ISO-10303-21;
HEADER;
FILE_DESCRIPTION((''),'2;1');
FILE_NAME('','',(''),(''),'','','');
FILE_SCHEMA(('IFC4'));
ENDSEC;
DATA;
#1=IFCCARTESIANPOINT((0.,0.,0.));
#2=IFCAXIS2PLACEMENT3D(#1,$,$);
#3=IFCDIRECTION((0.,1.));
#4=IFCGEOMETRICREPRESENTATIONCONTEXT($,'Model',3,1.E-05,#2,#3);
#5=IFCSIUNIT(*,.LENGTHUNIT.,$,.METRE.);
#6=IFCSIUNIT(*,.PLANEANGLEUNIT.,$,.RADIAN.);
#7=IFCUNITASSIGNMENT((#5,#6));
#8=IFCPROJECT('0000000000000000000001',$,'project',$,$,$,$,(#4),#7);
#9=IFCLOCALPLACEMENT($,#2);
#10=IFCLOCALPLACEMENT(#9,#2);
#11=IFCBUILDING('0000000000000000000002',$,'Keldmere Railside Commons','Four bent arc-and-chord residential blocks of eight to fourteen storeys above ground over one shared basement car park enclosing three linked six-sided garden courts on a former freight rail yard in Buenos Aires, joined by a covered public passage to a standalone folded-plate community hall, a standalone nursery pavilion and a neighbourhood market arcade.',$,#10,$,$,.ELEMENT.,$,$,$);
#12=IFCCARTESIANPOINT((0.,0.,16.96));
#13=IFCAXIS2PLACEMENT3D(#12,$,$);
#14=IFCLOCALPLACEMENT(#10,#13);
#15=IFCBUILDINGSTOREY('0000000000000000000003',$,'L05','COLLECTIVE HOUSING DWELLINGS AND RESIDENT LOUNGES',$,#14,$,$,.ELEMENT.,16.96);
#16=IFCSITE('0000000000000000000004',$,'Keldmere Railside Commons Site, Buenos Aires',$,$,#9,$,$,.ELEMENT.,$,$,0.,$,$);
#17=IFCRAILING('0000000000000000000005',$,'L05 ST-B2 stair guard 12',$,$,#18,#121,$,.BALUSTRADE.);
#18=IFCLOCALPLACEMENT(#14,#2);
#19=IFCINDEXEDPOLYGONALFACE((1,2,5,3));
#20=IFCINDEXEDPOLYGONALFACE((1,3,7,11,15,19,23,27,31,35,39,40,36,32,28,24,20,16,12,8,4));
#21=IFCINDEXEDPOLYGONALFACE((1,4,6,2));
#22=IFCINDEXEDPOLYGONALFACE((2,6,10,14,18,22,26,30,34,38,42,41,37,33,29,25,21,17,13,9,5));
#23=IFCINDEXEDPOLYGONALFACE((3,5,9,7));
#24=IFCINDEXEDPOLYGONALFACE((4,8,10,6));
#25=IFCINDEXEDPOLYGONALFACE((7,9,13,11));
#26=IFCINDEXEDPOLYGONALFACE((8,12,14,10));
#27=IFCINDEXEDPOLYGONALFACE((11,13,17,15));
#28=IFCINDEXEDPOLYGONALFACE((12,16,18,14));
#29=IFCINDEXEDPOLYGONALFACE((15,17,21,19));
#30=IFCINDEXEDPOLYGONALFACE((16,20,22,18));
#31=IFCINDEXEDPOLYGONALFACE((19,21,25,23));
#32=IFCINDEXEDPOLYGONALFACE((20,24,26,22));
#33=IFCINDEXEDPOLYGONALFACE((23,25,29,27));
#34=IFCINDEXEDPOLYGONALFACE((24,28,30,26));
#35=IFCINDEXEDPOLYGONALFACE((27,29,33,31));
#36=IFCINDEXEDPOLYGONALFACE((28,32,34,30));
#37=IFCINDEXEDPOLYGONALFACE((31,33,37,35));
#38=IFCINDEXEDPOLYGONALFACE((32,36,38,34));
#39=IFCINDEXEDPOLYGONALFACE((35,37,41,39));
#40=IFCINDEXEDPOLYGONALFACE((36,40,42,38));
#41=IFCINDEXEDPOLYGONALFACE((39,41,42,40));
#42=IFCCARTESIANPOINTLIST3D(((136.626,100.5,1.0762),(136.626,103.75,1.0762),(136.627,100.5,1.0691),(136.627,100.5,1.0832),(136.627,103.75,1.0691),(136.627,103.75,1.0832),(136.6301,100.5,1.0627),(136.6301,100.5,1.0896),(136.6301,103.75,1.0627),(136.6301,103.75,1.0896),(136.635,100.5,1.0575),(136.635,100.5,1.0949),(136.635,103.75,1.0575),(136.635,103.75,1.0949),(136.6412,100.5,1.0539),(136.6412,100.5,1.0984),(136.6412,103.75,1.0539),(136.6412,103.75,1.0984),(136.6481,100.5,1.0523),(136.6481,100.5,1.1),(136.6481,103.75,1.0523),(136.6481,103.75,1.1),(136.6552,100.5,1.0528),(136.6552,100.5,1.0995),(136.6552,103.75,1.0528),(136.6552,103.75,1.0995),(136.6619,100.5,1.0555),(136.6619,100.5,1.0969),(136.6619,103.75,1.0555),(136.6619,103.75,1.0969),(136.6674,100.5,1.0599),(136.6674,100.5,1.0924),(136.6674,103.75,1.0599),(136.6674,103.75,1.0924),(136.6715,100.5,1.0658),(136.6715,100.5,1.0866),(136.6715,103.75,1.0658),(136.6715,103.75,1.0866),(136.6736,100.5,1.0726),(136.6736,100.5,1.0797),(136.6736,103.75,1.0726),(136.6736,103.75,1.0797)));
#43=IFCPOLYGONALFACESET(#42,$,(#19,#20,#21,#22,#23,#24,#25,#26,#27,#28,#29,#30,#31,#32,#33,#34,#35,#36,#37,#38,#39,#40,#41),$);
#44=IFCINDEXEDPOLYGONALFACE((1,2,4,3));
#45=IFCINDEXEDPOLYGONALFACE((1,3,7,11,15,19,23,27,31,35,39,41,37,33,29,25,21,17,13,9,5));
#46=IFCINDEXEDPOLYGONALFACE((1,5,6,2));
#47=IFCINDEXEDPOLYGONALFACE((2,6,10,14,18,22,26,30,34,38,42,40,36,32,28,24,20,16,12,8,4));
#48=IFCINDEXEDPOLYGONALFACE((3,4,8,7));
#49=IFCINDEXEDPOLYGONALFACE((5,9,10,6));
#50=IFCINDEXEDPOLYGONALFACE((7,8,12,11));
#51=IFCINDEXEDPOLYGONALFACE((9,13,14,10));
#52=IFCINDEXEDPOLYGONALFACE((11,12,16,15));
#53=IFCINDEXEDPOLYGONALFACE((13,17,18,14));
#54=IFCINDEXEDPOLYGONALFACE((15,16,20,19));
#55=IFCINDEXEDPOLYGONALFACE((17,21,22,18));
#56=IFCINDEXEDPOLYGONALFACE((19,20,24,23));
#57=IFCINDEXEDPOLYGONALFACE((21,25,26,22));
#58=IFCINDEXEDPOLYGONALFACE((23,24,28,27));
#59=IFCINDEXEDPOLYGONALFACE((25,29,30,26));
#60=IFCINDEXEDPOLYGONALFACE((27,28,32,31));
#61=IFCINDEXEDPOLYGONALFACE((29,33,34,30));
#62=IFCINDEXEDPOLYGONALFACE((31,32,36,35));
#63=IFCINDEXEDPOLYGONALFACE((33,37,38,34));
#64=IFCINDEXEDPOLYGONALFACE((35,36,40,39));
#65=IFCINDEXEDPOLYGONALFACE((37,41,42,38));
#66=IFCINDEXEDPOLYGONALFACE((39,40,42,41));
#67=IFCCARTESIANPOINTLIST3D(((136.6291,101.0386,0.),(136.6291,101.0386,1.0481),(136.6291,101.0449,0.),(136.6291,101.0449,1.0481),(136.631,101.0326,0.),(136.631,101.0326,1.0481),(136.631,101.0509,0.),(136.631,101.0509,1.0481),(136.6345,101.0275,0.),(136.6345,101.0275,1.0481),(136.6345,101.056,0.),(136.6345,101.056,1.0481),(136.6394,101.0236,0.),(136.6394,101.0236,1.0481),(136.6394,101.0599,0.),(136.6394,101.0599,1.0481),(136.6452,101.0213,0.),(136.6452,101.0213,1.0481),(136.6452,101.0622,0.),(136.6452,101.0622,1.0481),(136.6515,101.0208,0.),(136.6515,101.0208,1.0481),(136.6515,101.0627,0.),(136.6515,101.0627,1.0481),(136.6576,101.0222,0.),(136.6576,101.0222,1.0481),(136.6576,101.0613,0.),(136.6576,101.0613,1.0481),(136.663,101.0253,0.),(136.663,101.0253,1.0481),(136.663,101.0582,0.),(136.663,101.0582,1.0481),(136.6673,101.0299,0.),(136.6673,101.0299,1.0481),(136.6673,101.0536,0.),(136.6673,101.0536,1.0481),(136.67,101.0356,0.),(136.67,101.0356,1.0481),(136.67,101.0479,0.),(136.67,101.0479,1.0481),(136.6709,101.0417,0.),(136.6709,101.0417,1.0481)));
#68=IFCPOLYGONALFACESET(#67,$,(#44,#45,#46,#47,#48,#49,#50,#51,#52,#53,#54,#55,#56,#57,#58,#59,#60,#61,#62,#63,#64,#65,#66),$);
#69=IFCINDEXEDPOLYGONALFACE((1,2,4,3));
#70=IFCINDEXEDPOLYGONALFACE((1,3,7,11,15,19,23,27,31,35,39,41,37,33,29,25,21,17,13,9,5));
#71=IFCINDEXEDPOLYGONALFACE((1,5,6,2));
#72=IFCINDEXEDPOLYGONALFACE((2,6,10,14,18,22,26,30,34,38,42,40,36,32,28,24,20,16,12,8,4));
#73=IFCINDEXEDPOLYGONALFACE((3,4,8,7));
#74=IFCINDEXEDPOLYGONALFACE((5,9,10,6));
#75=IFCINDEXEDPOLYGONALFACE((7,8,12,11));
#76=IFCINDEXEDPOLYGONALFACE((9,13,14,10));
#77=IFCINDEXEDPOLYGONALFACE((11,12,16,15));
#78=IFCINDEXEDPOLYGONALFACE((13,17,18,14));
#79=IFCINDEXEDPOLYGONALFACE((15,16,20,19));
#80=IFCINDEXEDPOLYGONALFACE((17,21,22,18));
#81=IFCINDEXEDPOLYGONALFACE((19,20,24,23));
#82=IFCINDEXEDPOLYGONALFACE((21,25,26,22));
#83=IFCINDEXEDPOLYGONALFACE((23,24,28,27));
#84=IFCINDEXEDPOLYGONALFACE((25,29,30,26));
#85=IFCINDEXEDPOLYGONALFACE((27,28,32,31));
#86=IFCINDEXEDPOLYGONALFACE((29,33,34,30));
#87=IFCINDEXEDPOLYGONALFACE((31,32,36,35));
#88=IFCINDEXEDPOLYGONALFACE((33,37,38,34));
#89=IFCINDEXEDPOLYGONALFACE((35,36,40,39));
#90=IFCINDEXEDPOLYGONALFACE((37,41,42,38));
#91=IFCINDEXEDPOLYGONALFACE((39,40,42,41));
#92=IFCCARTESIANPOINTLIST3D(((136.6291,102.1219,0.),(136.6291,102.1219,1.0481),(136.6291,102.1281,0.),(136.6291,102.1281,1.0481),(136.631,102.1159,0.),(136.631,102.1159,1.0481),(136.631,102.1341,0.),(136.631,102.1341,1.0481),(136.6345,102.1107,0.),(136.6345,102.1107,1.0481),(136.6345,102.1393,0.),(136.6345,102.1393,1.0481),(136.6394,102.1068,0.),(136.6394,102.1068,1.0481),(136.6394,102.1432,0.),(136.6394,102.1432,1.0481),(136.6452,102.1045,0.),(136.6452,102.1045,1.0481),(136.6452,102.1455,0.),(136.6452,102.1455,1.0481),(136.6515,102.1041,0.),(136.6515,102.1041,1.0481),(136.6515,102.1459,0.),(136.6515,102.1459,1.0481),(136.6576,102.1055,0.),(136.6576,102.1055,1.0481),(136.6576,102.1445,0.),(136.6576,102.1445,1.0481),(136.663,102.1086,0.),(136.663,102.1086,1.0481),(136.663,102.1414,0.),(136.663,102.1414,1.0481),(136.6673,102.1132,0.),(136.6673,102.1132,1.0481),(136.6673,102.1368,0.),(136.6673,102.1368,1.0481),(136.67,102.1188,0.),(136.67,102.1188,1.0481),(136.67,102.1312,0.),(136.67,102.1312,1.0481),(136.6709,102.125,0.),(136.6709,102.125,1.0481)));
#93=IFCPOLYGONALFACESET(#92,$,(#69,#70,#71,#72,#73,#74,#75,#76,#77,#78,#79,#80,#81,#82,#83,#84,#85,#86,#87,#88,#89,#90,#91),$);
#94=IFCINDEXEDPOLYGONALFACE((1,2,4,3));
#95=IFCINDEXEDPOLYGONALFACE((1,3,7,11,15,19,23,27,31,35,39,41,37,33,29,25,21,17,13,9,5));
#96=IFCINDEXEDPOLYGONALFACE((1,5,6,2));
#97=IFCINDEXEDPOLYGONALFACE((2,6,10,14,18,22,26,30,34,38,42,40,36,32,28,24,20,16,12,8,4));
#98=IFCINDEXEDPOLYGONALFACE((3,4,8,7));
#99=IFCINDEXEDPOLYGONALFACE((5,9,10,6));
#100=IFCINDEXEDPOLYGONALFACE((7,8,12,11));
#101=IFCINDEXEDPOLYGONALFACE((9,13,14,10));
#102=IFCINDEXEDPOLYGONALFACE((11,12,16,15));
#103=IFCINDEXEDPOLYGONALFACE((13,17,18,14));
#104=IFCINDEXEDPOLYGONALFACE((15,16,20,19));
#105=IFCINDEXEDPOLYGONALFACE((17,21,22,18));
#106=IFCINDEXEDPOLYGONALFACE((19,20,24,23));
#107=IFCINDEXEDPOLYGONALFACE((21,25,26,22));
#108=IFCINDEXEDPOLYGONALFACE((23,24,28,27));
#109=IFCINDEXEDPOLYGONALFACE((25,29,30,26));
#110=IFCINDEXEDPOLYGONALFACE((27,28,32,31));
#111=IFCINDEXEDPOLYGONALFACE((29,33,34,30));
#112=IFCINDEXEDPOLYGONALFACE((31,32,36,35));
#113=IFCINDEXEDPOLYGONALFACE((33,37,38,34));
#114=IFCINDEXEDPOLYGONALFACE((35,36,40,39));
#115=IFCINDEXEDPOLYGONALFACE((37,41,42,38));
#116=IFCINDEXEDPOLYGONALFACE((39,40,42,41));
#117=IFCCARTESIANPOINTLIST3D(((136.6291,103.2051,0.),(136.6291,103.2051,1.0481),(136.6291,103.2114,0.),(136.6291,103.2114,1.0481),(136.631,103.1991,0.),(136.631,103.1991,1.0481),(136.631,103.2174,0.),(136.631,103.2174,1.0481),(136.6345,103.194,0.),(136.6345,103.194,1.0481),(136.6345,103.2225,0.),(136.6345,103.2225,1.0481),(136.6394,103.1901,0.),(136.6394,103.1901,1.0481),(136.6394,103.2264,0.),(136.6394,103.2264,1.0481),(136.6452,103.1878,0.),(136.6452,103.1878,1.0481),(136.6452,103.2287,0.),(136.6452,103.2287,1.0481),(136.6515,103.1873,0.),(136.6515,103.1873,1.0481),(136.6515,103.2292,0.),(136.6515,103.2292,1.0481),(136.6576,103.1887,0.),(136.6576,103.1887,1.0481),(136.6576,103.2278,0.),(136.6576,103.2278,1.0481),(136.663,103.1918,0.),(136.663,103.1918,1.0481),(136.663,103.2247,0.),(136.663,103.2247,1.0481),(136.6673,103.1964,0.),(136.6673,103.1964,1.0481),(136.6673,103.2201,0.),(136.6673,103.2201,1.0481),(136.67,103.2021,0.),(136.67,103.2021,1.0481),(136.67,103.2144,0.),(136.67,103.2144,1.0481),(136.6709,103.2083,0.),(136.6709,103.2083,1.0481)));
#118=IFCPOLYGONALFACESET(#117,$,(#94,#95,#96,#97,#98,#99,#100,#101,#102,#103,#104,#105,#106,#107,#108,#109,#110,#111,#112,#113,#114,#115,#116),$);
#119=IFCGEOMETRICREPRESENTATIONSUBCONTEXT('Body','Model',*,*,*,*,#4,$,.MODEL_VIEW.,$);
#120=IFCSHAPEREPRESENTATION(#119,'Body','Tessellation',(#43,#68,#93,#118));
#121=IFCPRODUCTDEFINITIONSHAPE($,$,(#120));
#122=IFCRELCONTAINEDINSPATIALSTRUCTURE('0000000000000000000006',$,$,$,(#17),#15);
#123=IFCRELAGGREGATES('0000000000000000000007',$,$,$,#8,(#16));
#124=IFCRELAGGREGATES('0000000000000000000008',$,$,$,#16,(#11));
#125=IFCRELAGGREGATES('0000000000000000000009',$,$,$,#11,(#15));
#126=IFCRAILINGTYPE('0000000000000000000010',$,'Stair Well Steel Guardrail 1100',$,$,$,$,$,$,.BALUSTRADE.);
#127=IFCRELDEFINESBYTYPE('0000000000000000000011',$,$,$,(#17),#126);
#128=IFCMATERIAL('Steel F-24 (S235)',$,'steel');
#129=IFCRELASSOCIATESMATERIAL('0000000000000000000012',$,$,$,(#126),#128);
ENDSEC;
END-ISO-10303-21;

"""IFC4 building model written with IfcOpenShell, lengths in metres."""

from ifc_helpers import new_model, si_unit, direction, frame, origin, origin_2d, place, context, subcontext, project, spatial, circle, extrude, material, type_object, element, save


model = new_model("IFC4")

# Units and contexts
model_context = context("Model", 3, precision=1e-05, world=origin(), true_north=direction((0.0, 1.0)))
body_context = subcontext(model_context, "Body", "Model", "MODEL_VIEW")
ifc_project = project(units=[si_unit("LENGTHUNIT", "METRE"), si_unit("PLANEANGLEUNIT", "RADIAN")], contexts=[model_context])

# Site, building, storey
site_placement = place(None, origin())
site = spatial("IfcSite", under=ifc_project, at=site_placement, Name="Keldmere Railside Commons Site, Buenos Aires", CompositionType="ELEMENT", RefElevation=0.0)
building_placement = place(site_placement, origin())
building = spatial("IfcBuilding", under=site, at=building_placement, Name="Keldmere Railside Commons", Description="Four bent arc-and-chord residential blocks of eight to fourteen storeys above ground over one shared basement car park enclosing three linked six-sided garden courts on a former freight rail yard in Buenos Aires, joined by a covered public passage to a standalone folded-plate community hall, a standalone nursery pavilion and a neighbourhood market arcade.", CompositionType="ELEMENT")
storey_placement = place(building_placement, frame((0.0, 0.0, 16.96)))
storey = spatial("IfcBuildingStorey", under=building, at=storey_placement, Name="L05", Description="COLLECTIVE HOUSING DWELLINGS AND RESIDENT LOUNGES", CompositionType="ELEMENT", Elevation=16.96)

# Railing
ifc_material_1 = material(Name="Steel F-24 (S235)", Category="steel")
railing_type_1 = type_object("IfcRailingType", Name="Stair Well Steel Guardrail 1100", PredefinedType="BALUSTRADE", material=ifc_material_1)
railing_1_placement = place(storey_placement, frame((136.6499, 100.5, 0.0)))
element("IfcRailing", 1, at=railing_1_placement, inside=storey, type_object=railing_type_1, Name="L05 ST-B2 stair guard 12", PredefinedType="BALUSTRADE", context=body_context, shape_type="SweptSolid", body=[
    extrude(circle(Radius=0.0239, at=origin_2d()), frame((0.0, 0.0, 1.0762), z_axis=(0.0, 1.0, 0.0), x_axis=(-1.0, 0.0, 0.0)), (0.0, 0.0, 1.0), 3.25),
    extrude(circle(Radius=0.021, at=origin_2d()), frame((0.0, 0.5417, 0.0)), (0.0, 0.0, 1.0), 1.0481),
    extrude(circle(Radius=0.021, at=origin_2d()), frame((0.0, 1.625, 0.0)), (0.0, 0.0, 1.0), 1.0481),
    extrude(circle(Radius=0.021, at=origin_2d()), frame((0.0, 2.7083, 0.0)), (0.0, 0.0, 1.0), 1.0481),
])

save(model, "model.ifc")
